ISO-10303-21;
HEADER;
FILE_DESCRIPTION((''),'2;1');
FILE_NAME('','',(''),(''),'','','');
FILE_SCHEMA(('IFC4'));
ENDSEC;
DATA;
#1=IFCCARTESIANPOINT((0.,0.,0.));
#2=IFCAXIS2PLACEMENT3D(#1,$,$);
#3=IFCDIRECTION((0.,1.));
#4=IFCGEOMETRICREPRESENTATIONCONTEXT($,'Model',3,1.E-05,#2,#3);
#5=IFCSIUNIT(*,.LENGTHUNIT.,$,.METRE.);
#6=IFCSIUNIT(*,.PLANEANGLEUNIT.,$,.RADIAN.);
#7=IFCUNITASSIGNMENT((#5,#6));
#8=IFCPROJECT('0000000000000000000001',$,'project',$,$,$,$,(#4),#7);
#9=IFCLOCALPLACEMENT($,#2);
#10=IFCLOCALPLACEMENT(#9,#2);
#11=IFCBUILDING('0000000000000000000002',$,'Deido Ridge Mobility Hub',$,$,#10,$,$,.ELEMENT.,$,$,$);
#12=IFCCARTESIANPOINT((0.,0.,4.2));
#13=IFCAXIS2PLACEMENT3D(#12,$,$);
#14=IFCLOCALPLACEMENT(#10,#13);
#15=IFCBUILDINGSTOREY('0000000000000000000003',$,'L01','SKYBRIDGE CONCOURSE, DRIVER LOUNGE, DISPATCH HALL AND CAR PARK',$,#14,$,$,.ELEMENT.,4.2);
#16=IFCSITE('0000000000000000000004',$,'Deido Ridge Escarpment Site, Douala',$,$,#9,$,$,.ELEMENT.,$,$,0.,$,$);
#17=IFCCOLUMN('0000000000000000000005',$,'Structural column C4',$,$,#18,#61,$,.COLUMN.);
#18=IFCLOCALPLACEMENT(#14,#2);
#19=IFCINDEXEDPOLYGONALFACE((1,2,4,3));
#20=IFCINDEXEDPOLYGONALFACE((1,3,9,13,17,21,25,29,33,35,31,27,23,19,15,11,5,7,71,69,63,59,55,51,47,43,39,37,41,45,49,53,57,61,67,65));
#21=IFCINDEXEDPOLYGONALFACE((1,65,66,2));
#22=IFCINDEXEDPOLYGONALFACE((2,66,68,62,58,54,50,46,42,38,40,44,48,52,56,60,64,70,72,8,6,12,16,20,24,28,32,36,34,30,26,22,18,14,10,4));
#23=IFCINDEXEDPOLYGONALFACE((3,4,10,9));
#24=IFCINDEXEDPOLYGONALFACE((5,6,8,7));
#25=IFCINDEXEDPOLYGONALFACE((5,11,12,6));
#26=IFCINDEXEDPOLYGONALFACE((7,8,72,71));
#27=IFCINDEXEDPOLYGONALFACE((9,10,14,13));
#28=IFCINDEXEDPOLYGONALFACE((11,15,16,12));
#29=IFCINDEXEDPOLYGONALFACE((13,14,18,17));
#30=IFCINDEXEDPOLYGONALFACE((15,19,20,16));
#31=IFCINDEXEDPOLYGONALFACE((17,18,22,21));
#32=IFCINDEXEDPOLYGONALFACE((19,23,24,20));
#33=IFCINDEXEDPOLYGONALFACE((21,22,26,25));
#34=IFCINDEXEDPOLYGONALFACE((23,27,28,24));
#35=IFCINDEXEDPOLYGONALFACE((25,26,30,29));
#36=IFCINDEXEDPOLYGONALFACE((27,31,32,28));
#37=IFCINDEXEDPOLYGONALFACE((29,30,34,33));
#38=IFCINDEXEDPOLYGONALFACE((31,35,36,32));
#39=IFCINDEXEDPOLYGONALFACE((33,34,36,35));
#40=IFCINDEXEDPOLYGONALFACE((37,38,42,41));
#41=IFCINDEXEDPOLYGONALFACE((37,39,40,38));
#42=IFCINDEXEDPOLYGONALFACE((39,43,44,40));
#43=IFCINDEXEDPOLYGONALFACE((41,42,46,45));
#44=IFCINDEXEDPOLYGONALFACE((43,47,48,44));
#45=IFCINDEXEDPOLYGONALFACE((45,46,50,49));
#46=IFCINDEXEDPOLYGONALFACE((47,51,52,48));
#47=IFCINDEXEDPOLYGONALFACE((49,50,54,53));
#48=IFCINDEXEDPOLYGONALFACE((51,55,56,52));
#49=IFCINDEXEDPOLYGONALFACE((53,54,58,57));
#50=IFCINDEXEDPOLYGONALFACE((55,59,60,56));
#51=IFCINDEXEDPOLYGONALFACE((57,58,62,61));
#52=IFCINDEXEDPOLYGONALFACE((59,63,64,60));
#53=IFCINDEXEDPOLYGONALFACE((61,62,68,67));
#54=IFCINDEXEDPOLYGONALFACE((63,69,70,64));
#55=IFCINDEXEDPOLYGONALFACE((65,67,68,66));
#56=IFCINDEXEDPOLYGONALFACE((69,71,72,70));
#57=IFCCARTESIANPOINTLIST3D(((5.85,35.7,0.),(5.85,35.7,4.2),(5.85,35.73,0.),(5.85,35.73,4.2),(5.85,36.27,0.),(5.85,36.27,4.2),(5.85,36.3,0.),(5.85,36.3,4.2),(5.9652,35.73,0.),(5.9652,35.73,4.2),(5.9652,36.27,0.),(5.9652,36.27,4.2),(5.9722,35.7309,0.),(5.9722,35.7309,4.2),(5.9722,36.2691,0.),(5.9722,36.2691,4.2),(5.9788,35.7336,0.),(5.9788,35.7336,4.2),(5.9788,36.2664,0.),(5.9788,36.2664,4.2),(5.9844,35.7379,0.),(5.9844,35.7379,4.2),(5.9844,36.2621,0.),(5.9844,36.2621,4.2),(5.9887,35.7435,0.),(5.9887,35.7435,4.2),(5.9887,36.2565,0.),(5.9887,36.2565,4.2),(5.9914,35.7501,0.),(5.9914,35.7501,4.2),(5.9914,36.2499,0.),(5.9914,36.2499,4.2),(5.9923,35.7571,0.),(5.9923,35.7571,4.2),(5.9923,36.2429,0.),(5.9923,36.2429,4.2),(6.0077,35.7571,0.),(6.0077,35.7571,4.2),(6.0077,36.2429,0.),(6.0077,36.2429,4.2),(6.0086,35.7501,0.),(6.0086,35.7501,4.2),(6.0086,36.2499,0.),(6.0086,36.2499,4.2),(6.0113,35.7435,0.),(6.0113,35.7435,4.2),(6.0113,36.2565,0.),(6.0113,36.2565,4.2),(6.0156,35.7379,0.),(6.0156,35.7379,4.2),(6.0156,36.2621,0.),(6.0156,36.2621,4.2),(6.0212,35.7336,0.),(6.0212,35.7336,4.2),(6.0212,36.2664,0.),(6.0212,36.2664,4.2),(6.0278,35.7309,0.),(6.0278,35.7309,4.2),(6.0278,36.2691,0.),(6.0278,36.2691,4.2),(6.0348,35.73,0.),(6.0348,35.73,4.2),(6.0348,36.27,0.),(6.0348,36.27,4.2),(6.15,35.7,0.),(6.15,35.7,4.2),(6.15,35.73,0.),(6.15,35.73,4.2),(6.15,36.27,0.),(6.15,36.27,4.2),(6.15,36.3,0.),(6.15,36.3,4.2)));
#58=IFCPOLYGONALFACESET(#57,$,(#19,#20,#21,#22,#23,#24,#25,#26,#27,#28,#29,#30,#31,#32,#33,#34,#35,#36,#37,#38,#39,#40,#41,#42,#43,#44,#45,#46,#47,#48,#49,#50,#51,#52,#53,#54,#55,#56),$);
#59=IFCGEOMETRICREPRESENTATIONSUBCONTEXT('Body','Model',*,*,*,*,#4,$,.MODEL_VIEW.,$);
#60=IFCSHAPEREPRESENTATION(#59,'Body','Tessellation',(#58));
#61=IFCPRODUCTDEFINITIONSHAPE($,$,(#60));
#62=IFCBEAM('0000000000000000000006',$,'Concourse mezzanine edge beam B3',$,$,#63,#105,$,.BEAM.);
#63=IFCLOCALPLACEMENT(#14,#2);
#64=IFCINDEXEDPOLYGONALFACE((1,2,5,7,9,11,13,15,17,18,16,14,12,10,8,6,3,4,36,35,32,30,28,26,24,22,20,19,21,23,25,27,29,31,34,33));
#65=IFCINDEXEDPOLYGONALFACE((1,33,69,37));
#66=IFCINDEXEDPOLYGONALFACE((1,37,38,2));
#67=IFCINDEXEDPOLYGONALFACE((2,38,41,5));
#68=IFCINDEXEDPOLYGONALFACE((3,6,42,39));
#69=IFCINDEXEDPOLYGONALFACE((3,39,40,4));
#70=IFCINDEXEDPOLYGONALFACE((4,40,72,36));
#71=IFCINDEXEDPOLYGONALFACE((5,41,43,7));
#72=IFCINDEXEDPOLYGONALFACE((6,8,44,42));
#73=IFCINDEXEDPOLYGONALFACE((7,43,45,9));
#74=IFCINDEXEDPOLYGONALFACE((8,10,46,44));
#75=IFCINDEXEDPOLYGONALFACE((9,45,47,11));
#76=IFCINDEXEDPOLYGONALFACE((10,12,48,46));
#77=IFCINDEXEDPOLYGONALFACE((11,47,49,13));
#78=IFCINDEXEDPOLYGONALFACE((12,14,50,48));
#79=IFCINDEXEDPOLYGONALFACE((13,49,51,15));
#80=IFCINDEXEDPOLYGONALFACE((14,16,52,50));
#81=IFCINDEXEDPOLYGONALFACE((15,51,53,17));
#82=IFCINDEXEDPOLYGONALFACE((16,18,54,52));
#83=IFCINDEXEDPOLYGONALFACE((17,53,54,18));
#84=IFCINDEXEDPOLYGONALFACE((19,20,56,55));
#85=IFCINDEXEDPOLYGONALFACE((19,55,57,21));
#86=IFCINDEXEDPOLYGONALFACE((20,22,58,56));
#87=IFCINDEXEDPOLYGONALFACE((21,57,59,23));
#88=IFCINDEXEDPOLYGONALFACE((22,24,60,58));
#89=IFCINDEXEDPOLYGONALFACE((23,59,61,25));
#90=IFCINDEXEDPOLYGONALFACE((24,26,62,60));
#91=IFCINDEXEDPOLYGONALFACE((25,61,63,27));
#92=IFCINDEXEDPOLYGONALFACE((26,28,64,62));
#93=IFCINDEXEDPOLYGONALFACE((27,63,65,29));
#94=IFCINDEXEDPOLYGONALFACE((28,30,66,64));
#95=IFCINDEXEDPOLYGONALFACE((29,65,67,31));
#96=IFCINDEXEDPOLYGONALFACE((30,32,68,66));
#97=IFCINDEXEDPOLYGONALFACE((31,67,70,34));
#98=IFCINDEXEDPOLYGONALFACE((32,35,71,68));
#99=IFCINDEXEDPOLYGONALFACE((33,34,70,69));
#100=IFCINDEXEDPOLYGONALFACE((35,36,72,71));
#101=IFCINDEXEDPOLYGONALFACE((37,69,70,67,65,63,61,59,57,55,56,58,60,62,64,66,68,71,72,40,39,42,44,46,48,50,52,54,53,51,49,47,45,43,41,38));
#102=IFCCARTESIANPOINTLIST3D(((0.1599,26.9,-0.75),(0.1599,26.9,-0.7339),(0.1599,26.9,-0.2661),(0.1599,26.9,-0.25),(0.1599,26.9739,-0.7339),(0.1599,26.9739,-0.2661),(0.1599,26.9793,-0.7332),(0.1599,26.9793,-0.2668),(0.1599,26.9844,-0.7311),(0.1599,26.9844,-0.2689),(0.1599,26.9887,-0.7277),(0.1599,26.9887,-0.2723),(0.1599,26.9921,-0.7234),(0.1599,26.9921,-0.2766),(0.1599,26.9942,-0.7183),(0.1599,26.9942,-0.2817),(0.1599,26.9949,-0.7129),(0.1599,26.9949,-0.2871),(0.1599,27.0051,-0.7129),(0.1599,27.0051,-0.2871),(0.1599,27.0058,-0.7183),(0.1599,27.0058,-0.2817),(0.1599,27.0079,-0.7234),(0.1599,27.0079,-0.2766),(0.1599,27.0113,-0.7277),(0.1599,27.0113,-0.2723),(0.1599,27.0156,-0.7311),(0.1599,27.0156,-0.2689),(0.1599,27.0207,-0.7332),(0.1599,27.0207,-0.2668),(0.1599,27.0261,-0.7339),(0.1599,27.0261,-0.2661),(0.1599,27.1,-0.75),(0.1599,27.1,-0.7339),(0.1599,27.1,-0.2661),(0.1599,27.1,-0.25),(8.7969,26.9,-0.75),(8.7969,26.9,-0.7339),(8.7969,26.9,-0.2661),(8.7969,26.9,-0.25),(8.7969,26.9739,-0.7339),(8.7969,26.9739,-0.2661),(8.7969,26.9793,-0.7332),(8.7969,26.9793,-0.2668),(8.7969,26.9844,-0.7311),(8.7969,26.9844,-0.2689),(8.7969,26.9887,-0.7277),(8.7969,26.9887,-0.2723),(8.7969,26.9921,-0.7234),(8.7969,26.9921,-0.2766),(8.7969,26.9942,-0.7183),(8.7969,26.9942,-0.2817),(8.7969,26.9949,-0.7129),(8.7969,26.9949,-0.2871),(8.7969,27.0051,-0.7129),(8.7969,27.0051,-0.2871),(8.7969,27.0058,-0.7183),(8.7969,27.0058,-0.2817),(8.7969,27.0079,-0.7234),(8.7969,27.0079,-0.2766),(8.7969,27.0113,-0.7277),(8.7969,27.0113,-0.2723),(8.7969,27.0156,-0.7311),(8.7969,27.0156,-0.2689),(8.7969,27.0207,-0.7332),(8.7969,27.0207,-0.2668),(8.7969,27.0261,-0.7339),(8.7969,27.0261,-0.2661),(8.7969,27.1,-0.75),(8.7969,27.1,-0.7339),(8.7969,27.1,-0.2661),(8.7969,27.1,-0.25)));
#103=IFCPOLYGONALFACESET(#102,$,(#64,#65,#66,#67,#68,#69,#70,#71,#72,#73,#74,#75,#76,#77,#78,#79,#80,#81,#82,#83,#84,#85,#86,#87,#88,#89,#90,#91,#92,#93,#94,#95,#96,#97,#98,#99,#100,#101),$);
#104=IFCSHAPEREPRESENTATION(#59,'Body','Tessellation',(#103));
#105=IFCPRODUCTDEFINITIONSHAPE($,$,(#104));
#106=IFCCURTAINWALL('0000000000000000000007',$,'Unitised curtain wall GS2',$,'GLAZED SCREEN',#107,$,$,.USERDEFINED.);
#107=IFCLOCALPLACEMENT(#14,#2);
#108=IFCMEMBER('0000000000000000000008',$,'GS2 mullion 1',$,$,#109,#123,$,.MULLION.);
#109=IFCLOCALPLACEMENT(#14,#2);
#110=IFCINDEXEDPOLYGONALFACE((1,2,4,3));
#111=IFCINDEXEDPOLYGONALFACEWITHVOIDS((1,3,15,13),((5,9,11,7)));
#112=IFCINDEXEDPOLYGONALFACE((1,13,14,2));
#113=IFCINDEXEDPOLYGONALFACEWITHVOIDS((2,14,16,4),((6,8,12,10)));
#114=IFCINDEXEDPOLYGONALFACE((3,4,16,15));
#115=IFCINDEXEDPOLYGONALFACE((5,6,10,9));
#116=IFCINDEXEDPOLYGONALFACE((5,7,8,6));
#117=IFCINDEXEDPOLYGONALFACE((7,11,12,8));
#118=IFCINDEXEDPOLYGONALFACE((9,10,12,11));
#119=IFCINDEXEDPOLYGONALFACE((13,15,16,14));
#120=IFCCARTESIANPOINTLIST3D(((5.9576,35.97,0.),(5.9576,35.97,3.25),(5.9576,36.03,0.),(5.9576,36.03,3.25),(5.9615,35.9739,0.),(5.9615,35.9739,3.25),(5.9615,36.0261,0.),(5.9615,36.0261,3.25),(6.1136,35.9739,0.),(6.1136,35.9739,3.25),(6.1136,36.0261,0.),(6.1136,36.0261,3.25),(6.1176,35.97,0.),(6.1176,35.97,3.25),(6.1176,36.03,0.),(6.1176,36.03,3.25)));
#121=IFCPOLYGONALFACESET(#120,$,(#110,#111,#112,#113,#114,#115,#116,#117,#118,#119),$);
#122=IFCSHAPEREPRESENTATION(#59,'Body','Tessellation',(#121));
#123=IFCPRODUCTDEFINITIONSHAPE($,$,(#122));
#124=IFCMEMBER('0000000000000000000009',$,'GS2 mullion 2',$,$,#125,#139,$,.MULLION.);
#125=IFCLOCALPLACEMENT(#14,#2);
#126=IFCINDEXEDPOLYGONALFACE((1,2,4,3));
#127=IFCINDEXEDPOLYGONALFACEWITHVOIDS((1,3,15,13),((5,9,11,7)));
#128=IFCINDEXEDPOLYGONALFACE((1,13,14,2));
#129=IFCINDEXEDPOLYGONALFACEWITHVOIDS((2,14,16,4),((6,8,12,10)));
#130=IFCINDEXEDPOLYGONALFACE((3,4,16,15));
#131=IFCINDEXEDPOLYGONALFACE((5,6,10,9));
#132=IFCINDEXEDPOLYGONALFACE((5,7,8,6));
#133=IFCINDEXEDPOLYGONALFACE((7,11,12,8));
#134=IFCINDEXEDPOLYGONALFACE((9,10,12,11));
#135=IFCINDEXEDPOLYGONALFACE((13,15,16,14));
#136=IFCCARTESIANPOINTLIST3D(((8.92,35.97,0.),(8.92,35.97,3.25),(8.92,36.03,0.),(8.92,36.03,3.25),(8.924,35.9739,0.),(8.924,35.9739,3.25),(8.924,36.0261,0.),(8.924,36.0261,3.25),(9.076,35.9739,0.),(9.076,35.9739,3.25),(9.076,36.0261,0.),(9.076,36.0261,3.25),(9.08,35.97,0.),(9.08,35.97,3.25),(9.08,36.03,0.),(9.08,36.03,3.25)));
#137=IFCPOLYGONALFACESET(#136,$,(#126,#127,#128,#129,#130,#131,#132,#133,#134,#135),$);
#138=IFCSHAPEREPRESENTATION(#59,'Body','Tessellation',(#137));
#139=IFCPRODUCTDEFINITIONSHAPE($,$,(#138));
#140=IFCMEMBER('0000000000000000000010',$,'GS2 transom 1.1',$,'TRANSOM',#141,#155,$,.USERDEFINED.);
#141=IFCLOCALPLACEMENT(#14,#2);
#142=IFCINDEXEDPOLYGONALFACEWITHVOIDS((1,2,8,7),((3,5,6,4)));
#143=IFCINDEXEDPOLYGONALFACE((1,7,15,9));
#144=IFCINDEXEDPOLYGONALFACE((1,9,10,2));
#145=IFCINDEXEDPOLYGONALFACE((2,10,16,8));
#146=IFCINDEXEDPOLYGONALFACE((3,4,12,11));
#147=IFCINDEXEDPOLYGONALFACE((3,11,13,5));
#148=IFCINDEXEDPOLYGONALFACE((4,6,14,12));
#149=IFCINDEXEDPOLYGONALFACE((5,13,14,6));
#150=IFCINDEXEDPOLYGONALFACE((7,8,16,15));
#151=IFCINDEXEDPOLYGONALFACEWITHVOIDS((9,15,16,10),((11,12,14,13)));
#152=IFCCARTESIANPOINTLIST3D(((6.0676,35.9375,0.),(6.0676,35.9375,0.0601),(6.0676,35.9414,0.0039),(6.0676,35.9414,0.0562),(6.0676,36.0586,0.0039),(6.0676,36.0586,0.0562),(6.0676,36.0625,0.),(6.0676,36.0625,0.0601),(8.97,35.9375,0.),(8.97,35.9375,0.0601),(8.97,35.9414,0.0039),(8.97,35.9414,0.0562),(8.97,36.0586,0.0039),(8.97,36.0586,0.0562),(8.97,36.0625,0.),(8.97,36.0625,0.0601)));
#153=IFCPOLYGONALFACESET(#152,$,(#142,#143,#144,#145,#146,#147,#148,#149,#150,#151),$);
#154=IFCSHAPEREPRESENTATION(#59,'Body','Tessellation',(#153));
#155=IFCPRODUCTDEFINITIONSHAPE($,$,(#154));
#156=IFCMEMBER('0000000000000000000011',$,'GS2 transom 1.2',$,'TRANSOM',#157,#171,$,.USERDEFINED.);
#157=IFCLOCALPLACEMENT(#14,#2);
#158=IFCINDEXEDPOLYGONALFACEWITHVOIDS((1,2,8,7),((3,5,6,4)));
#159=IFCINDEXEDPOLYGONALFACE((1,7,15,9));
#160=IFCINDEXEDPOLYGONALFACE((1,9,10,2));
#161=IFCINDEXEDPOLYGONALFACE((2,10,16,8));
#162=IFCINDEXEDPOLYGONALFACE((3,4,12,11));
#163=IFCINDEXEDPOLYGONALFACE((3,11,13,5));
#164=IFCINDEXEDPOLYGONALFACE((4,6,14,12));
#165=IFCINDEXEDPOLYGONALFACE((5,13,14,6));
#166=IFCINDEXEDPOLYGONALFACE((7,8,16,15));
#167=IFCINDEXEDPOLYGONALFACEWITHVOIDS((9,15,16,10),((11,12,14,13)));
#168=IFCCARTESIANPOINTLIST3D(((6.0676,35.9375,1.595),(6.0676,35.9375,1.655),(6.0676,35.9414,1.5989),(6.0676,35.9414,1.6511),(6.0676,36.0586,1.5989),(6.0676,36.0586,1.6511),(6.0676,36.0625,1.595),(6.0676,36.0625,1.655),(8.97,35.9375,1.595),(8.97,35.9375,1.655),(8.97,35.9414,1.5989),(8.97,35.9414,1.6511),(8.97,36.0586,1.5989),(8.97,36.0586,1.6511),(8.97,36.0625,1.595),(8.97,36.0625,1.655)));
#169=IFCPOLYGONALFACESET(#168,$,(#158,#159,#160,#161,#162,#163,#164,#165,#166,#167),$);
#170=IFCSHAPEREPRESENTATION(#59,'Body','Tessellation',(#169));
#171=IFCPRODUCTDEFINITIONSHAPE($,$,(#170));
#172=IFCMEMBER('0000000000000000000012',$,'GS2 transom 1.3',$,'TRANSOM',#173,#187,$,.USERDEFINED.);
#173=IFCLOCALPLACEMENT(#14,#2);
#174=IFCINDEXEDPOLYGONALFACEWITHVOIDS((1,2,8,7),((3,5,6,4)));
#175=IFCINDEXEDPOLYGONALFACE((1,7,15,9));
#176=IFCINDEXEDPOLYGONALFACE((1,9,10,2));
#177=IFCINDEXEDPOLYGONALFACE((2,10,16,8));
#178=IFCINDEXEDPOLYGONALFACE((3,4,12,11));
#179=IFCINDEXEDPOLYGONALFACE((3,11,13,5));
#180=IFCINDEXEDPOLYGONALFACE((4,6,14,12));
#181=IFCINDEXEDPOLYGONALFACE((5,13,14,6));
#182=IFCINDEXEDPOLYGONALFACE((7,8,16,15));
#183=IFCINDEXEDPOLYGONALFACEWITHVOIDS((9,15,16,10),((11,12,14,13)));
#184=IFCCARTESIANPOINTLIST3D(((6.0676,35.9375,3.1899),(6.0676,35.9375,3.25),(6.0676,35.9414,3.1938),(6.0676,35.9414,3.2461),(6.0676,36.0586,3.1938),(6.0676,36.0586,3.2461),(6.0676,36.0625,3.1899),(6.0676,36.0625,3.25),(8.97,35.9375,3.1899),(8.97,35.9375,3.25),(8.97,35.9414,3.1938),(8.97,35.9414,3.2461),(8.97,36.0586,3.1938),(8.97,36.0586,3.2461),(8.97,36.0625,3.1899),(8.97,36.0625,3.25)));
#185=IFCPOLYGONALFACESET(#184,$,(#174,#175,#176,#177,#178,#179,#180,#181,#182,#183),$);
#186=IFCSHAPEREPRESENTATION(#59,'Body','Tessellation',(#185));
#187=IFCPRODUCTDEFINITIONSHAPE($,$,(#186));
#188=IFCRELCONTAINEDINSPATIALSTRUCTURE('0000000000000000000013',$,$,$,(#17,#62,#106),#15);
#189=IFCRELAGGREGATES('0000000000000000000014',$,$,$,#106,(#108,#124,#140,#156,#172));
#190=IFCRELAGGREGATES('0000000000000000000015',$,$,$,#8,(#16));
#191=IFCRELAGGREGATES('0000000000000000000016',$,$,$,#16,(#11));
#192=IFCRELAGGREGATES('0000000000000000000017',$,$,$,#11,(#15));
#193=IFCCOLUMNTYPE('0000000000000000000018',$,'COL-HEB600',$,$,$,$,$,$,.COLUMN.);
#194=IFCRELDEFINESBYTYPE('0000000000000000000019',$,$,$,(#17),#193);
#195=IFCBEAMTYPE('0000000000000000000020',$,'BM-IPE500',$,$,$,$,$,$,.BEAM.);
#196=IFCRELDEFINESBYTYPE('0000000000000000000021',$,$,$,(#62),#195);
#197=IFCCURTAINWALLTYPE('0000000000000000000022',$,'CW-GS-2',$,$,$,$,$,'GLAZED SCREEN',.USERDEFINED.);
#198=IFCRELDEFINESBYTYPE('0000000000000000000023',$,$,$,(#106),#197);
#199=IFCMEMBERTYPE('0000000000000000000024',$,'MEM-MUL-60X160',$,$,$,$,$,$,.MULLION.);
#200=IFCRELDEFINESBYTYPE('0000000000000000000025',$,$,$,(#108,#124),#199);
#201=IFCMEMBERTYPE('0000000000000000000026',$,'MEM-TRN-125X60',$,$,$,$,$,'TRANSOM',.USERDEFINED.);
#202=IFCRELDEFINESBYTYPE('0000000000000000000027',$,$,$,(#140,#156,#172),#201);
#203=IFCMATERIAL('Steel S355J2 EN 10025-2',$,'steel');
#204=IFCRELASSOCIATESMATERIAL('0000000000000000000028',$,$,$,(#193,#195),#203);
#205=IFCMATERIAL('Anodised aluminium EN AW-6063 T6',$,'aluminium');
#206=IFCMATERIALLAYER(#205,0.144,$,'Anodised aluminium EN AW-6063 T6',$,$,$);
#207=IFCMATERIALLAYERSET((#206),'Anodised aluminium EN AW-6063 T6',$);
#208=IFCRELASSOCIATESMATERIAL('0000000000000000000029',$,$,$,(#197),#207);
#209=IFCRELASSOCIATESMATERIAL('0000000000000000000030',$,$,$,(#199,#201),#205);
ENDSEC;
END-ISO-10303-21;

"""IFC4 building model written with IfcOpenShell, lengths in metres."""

from ifc_helpers import new_model, si_unit, direction, frame, origin, origin_2d, place, context, subcontext, project, spatial, hollow_rectangle, i_section, extrude, material, layer, layer_set, material_profile, profile_set, type_object, element, aggregate, save


model = new_model("IFC4")

# Units and contexts
model_context = context("Model", 3, precision=1e-05, world=origin(), true_north=direction((0.0, 1.0)))
body_context = subcontext(model_context, "Body", "Model", "MODEL_VIEW")
ifc_project = project(units=[si_unit("LENGTHUNIT", "METRE"), si_unit("PLANEANGLEUNIT", "RADIAN")], contexts=[model_context])

# Site, building, storey
site_placement = place(None, origin())
site = spatial("IfcSite", under=ifc_project, at=site_placement, Name="Deido Ridge Escarpment Site, Douala", CompositionType="ELEMENT", RefElevation=0.0)
building_placement = place(site_placement, origin())
building = spatial("IfcBuilding", under=site, at=building_placement, Name="Deido Ridge Mobility Hub", CompositionType="ELEMENT")
storey_placement = place(building_placement, frame((0.0, 0.0, 4.2)))
storey = spatial("IfcBuildingStorey", under=building, at=storey_placement, Name="L01", Description="SKYBRIDGE CONCOURSE, DRIVER LOUNGE, DISPATCH HALL AND CAR PARK", CompositionType="ELEMENT", Elevation=4.2)

# Column
ifc_material_1 = material(Name="Steel S355J2 EN 10025-2", Category="steel")
ifc_material_profile_1 = material_profile(ifc_material_1, i_section(OverallWidth=0.3, OverallDepth=0.6001, WebThickness=0.0154, FlangeThickness=0.03, FilletRadius=0.0271, at=origin_2d()), Name="HEB 600")
ifc_profile_set_1 = profile_set([ifc_material_profile_1], Name="Steel S355J2 EN 10025-2")
column_type = type_object("IfcColumnType", Name="COL-HEB600", PredefinedType="COLUMN", material=ifc_profile_set_1)
column_placement = place(storey_placement, frame((6.0, 36.0, 0.0), z_axis=(0.0, 0.0, 1.0), x_axis=(1.0, 0.0, 0.0)))
element("IfcColumn", 1, at=column_placement, inside=storey, type_object=column_type, Name="Structural column C4", PredefinedType="COLUMN", context=body_context, shape_type="SweptSolid", body=[
    extrude(i_section(OverallWidth=0.3, OverallDepth=0.6001, WebThickness=0.0154, FlangeThickness=0.03, FilletRadius=0.0271, at=origin_2d()), origin(), (0.0, 0.0, 1.0), 4.2),
])

# Beam
ifc_material_profile_2 = material_profile(ifc_material_1, i_section(OverallWidth=0.2, OverallDepth=0.5, WebThickness=0.0103, FlangeThickness=0.0161, FilletRadius=0.021, at=origin_2d()), Name="IPE 500")
ifc_profile_set_2 = profile_set([ifc_material_profile_2], Name="Steel S355J2 EN 10025-2")
beam_type_1 = type_object("IfcBeamType", Name="BM-IPE500", PredefinedType="BEAM", material=ifc_profile_set_2)
beam_1_placement = place(storey_placement, frame((0.1599, 27.0, -0.5), z_axis=(1.0, 0.0, 0.0), x_axis=(0.0, 1.0, 0.0)))
element("IfcBeam", 2, at=beam_1_placement, inside=storey, type_object=beam_type_1, Name="Concourse mezzanine edge beam B3", PredefinedType="BEAM", context=body_context, shape_type="SweptSolid", body=[
    extrude(i_section(OverallWidth=0.2, OverallDepth=0.5, WebThickness=0.0103, FlangeThickness=0.0161, FilletRadius=0.021, at=origin_2d()), origin(), (0.0, 0.0, 1.0), 8.637),
])

# Curtain wall, members
ifc_material_2 = material(Name="Anodised aluminium EN AW-6063 T6", Category="aluminium")
ifc_layer_1 = layer(ifc_material_2, 0.144, Name="Anodised aluminium EN AW-6063 T6")
ifc_layer_set_1 = layer_set([ifc_layer_1], Name="Anodised aluminium EN AW-6063 T6")
curtain_wall_type = type_object("IfcCurtainWallType", Name="CW-GS-2", ElementType="GLAZED SCREEN", PredefinedType="USERDEFINED", material=ifc_layer_set_1)
curtain_wall_placement = place(storey_placement, origin())
curtain_wall = element("IfcCurtainWall", 3, at=curtain_wall_placement, inside=storey, type_object=curtain_wall_type, Name="Unitised curtain wall GS2", ObjectType="GLAZED SCREEN", PredefinedType="USERDEFINED")
ifc_material_profile_3 = material_profile(ifc_material_2, hollow_rectangle(XDim=0.0601, YDim=0.1599, WallThickness=0.0039, at=origin_2d()), Name="RHS 60x160x4")
ifc_profile_set_3 = profile_set([ifc_material_profile_3], Name="Anodised aluminium EN AW-6063 T6")
member_type_1 = type_object("IfcMemberType", Name="MEM-MUL-60X160", PredefinedType="MULLION", material=ifc_profile_set_3)
member_1_placement = place(storey_placement, frame((6.0376, 36.0, 0.0), z_axis=(0.0, 0.0, 1.0), x_axis=(0.0, 1.0, 0.0)))
member_1 = element("IfcMember", 4, at=member_1_placement, type_object=member_type_1, Name="GS2 mullion 1", PredefinedType="MULLION", context=body_context, shape_type="SweptSolid", body=[
    extrude(hollow_rectangle(XDim=0.0601, YDim=0.1599, WallThickness=0.0039, at=origin_2d()), origin(), (0.0, 0.0, 1.0), 3.25),
])
member_2_placement = place(storey_placement, frame((9.0, 36.0, 0.0), z_axis=(0.0, 0.0, 1.0), x_axis=(0.0, 1.0, 0.0)))
member_2 = element("IfcMember", 5, at=member_2_placement, type_object=member_type_1, Name="GS2 mullion 2", PredefinedType="MULLION", context=body_context, shape_type="SweptSolid", body=[
    extrude(hollow_rectangle(XDim=0.0601, YDim=0.1599, WallThickness=0.0039, at=origin_2d()), origin(), (0.0, 0.0, 1.0), 3.25),
])
ifc_material_profile_4 = material_profile(ifc_material_2, hollow_rectangle(XDim=0.125, YDim=0.0601, WallThickness=0.0039, at=origin_2d()), Name="RHS 125x60x4")
ifc_profile_set_4 = profile_set([ifc_material_profile_4], Name="Anodised aluminium EN AW-6063 T6")
member_type_2 = type_object("IfcMemberType", Name="MEM-TRN-125X60", ElementType="TRANSOM", PredefinedType="USERDEFINED", material=ifc_profile_set_4)
member_3_placement = place(storey_placement, frame((6.0676, 36.0, 0.03), z_axis=(1.0, 0.0, 0.0), x_axis=(0.0, 1.0, 0.0)))
member_3 = element("IfcMember", 6, at=member_3_placement, type_object=member_type_2, Name="GS2 transom 1.1", ObjectType="TRANSOM", PredefinedType="USERDEFINED", context=body_context, shape_type="SweptSolid", body=[
    extrude(hollow_rectangle(XDim=0.125, YDim=0.0601, WallThickness=0.0039, at=origin_2d()), origin(), (0.0, 0.0, 1.0), 2.9023),
])
member_4_placement = place(storey_placement, frame((6.0676, 36.0, 1.625), z_axis=(1.0, 0.0, 0.0), x_axis=(0.0, 1.0, 0.0)))
member_4 = element("IfcMember", 7, at=member_4_placement, type_object=member_type_2, Name="GS2 transom 1.2", ObjectType="TRANSOM", PredefinedType="USERDEFINED", context=body_context, shape_type="SweptSolid", body=[
    extrude(hollow_rectangle(XDim=0.125, YDim=0.0601, WallThickness=0.0039, at=origin_2d()), origin(), (0.0, 0.0, 1.0), 2.9023),
])
member_5_placement = place(storey_placement, frame((6.0676, 36.0, 3.22), z_axis=(1.0, 0.0, 0.0), x_axis=(0.0, 1.0, 0.0)))
member_5 = element("IfcMember", 8, at=member_5_placement, type_object=member_type_2, Name="GS2 transom 1.3", ObjectType="TRANSOM", PredefinedType="USERDEFINED", context=body_context, shape_type="SweptSolid", body=[
    extrude(hollow_rectangle(XDim=0.125, YDim=0.0601, WallThickness=0.0039, at=origin_2d()), origin(), (0.0, 0.0, 1.0), 2.9023),
])

aggregate(curtain_wall, [member_1, member_2, member_3, member_4, member_5])

save(model, "model.ifc")
